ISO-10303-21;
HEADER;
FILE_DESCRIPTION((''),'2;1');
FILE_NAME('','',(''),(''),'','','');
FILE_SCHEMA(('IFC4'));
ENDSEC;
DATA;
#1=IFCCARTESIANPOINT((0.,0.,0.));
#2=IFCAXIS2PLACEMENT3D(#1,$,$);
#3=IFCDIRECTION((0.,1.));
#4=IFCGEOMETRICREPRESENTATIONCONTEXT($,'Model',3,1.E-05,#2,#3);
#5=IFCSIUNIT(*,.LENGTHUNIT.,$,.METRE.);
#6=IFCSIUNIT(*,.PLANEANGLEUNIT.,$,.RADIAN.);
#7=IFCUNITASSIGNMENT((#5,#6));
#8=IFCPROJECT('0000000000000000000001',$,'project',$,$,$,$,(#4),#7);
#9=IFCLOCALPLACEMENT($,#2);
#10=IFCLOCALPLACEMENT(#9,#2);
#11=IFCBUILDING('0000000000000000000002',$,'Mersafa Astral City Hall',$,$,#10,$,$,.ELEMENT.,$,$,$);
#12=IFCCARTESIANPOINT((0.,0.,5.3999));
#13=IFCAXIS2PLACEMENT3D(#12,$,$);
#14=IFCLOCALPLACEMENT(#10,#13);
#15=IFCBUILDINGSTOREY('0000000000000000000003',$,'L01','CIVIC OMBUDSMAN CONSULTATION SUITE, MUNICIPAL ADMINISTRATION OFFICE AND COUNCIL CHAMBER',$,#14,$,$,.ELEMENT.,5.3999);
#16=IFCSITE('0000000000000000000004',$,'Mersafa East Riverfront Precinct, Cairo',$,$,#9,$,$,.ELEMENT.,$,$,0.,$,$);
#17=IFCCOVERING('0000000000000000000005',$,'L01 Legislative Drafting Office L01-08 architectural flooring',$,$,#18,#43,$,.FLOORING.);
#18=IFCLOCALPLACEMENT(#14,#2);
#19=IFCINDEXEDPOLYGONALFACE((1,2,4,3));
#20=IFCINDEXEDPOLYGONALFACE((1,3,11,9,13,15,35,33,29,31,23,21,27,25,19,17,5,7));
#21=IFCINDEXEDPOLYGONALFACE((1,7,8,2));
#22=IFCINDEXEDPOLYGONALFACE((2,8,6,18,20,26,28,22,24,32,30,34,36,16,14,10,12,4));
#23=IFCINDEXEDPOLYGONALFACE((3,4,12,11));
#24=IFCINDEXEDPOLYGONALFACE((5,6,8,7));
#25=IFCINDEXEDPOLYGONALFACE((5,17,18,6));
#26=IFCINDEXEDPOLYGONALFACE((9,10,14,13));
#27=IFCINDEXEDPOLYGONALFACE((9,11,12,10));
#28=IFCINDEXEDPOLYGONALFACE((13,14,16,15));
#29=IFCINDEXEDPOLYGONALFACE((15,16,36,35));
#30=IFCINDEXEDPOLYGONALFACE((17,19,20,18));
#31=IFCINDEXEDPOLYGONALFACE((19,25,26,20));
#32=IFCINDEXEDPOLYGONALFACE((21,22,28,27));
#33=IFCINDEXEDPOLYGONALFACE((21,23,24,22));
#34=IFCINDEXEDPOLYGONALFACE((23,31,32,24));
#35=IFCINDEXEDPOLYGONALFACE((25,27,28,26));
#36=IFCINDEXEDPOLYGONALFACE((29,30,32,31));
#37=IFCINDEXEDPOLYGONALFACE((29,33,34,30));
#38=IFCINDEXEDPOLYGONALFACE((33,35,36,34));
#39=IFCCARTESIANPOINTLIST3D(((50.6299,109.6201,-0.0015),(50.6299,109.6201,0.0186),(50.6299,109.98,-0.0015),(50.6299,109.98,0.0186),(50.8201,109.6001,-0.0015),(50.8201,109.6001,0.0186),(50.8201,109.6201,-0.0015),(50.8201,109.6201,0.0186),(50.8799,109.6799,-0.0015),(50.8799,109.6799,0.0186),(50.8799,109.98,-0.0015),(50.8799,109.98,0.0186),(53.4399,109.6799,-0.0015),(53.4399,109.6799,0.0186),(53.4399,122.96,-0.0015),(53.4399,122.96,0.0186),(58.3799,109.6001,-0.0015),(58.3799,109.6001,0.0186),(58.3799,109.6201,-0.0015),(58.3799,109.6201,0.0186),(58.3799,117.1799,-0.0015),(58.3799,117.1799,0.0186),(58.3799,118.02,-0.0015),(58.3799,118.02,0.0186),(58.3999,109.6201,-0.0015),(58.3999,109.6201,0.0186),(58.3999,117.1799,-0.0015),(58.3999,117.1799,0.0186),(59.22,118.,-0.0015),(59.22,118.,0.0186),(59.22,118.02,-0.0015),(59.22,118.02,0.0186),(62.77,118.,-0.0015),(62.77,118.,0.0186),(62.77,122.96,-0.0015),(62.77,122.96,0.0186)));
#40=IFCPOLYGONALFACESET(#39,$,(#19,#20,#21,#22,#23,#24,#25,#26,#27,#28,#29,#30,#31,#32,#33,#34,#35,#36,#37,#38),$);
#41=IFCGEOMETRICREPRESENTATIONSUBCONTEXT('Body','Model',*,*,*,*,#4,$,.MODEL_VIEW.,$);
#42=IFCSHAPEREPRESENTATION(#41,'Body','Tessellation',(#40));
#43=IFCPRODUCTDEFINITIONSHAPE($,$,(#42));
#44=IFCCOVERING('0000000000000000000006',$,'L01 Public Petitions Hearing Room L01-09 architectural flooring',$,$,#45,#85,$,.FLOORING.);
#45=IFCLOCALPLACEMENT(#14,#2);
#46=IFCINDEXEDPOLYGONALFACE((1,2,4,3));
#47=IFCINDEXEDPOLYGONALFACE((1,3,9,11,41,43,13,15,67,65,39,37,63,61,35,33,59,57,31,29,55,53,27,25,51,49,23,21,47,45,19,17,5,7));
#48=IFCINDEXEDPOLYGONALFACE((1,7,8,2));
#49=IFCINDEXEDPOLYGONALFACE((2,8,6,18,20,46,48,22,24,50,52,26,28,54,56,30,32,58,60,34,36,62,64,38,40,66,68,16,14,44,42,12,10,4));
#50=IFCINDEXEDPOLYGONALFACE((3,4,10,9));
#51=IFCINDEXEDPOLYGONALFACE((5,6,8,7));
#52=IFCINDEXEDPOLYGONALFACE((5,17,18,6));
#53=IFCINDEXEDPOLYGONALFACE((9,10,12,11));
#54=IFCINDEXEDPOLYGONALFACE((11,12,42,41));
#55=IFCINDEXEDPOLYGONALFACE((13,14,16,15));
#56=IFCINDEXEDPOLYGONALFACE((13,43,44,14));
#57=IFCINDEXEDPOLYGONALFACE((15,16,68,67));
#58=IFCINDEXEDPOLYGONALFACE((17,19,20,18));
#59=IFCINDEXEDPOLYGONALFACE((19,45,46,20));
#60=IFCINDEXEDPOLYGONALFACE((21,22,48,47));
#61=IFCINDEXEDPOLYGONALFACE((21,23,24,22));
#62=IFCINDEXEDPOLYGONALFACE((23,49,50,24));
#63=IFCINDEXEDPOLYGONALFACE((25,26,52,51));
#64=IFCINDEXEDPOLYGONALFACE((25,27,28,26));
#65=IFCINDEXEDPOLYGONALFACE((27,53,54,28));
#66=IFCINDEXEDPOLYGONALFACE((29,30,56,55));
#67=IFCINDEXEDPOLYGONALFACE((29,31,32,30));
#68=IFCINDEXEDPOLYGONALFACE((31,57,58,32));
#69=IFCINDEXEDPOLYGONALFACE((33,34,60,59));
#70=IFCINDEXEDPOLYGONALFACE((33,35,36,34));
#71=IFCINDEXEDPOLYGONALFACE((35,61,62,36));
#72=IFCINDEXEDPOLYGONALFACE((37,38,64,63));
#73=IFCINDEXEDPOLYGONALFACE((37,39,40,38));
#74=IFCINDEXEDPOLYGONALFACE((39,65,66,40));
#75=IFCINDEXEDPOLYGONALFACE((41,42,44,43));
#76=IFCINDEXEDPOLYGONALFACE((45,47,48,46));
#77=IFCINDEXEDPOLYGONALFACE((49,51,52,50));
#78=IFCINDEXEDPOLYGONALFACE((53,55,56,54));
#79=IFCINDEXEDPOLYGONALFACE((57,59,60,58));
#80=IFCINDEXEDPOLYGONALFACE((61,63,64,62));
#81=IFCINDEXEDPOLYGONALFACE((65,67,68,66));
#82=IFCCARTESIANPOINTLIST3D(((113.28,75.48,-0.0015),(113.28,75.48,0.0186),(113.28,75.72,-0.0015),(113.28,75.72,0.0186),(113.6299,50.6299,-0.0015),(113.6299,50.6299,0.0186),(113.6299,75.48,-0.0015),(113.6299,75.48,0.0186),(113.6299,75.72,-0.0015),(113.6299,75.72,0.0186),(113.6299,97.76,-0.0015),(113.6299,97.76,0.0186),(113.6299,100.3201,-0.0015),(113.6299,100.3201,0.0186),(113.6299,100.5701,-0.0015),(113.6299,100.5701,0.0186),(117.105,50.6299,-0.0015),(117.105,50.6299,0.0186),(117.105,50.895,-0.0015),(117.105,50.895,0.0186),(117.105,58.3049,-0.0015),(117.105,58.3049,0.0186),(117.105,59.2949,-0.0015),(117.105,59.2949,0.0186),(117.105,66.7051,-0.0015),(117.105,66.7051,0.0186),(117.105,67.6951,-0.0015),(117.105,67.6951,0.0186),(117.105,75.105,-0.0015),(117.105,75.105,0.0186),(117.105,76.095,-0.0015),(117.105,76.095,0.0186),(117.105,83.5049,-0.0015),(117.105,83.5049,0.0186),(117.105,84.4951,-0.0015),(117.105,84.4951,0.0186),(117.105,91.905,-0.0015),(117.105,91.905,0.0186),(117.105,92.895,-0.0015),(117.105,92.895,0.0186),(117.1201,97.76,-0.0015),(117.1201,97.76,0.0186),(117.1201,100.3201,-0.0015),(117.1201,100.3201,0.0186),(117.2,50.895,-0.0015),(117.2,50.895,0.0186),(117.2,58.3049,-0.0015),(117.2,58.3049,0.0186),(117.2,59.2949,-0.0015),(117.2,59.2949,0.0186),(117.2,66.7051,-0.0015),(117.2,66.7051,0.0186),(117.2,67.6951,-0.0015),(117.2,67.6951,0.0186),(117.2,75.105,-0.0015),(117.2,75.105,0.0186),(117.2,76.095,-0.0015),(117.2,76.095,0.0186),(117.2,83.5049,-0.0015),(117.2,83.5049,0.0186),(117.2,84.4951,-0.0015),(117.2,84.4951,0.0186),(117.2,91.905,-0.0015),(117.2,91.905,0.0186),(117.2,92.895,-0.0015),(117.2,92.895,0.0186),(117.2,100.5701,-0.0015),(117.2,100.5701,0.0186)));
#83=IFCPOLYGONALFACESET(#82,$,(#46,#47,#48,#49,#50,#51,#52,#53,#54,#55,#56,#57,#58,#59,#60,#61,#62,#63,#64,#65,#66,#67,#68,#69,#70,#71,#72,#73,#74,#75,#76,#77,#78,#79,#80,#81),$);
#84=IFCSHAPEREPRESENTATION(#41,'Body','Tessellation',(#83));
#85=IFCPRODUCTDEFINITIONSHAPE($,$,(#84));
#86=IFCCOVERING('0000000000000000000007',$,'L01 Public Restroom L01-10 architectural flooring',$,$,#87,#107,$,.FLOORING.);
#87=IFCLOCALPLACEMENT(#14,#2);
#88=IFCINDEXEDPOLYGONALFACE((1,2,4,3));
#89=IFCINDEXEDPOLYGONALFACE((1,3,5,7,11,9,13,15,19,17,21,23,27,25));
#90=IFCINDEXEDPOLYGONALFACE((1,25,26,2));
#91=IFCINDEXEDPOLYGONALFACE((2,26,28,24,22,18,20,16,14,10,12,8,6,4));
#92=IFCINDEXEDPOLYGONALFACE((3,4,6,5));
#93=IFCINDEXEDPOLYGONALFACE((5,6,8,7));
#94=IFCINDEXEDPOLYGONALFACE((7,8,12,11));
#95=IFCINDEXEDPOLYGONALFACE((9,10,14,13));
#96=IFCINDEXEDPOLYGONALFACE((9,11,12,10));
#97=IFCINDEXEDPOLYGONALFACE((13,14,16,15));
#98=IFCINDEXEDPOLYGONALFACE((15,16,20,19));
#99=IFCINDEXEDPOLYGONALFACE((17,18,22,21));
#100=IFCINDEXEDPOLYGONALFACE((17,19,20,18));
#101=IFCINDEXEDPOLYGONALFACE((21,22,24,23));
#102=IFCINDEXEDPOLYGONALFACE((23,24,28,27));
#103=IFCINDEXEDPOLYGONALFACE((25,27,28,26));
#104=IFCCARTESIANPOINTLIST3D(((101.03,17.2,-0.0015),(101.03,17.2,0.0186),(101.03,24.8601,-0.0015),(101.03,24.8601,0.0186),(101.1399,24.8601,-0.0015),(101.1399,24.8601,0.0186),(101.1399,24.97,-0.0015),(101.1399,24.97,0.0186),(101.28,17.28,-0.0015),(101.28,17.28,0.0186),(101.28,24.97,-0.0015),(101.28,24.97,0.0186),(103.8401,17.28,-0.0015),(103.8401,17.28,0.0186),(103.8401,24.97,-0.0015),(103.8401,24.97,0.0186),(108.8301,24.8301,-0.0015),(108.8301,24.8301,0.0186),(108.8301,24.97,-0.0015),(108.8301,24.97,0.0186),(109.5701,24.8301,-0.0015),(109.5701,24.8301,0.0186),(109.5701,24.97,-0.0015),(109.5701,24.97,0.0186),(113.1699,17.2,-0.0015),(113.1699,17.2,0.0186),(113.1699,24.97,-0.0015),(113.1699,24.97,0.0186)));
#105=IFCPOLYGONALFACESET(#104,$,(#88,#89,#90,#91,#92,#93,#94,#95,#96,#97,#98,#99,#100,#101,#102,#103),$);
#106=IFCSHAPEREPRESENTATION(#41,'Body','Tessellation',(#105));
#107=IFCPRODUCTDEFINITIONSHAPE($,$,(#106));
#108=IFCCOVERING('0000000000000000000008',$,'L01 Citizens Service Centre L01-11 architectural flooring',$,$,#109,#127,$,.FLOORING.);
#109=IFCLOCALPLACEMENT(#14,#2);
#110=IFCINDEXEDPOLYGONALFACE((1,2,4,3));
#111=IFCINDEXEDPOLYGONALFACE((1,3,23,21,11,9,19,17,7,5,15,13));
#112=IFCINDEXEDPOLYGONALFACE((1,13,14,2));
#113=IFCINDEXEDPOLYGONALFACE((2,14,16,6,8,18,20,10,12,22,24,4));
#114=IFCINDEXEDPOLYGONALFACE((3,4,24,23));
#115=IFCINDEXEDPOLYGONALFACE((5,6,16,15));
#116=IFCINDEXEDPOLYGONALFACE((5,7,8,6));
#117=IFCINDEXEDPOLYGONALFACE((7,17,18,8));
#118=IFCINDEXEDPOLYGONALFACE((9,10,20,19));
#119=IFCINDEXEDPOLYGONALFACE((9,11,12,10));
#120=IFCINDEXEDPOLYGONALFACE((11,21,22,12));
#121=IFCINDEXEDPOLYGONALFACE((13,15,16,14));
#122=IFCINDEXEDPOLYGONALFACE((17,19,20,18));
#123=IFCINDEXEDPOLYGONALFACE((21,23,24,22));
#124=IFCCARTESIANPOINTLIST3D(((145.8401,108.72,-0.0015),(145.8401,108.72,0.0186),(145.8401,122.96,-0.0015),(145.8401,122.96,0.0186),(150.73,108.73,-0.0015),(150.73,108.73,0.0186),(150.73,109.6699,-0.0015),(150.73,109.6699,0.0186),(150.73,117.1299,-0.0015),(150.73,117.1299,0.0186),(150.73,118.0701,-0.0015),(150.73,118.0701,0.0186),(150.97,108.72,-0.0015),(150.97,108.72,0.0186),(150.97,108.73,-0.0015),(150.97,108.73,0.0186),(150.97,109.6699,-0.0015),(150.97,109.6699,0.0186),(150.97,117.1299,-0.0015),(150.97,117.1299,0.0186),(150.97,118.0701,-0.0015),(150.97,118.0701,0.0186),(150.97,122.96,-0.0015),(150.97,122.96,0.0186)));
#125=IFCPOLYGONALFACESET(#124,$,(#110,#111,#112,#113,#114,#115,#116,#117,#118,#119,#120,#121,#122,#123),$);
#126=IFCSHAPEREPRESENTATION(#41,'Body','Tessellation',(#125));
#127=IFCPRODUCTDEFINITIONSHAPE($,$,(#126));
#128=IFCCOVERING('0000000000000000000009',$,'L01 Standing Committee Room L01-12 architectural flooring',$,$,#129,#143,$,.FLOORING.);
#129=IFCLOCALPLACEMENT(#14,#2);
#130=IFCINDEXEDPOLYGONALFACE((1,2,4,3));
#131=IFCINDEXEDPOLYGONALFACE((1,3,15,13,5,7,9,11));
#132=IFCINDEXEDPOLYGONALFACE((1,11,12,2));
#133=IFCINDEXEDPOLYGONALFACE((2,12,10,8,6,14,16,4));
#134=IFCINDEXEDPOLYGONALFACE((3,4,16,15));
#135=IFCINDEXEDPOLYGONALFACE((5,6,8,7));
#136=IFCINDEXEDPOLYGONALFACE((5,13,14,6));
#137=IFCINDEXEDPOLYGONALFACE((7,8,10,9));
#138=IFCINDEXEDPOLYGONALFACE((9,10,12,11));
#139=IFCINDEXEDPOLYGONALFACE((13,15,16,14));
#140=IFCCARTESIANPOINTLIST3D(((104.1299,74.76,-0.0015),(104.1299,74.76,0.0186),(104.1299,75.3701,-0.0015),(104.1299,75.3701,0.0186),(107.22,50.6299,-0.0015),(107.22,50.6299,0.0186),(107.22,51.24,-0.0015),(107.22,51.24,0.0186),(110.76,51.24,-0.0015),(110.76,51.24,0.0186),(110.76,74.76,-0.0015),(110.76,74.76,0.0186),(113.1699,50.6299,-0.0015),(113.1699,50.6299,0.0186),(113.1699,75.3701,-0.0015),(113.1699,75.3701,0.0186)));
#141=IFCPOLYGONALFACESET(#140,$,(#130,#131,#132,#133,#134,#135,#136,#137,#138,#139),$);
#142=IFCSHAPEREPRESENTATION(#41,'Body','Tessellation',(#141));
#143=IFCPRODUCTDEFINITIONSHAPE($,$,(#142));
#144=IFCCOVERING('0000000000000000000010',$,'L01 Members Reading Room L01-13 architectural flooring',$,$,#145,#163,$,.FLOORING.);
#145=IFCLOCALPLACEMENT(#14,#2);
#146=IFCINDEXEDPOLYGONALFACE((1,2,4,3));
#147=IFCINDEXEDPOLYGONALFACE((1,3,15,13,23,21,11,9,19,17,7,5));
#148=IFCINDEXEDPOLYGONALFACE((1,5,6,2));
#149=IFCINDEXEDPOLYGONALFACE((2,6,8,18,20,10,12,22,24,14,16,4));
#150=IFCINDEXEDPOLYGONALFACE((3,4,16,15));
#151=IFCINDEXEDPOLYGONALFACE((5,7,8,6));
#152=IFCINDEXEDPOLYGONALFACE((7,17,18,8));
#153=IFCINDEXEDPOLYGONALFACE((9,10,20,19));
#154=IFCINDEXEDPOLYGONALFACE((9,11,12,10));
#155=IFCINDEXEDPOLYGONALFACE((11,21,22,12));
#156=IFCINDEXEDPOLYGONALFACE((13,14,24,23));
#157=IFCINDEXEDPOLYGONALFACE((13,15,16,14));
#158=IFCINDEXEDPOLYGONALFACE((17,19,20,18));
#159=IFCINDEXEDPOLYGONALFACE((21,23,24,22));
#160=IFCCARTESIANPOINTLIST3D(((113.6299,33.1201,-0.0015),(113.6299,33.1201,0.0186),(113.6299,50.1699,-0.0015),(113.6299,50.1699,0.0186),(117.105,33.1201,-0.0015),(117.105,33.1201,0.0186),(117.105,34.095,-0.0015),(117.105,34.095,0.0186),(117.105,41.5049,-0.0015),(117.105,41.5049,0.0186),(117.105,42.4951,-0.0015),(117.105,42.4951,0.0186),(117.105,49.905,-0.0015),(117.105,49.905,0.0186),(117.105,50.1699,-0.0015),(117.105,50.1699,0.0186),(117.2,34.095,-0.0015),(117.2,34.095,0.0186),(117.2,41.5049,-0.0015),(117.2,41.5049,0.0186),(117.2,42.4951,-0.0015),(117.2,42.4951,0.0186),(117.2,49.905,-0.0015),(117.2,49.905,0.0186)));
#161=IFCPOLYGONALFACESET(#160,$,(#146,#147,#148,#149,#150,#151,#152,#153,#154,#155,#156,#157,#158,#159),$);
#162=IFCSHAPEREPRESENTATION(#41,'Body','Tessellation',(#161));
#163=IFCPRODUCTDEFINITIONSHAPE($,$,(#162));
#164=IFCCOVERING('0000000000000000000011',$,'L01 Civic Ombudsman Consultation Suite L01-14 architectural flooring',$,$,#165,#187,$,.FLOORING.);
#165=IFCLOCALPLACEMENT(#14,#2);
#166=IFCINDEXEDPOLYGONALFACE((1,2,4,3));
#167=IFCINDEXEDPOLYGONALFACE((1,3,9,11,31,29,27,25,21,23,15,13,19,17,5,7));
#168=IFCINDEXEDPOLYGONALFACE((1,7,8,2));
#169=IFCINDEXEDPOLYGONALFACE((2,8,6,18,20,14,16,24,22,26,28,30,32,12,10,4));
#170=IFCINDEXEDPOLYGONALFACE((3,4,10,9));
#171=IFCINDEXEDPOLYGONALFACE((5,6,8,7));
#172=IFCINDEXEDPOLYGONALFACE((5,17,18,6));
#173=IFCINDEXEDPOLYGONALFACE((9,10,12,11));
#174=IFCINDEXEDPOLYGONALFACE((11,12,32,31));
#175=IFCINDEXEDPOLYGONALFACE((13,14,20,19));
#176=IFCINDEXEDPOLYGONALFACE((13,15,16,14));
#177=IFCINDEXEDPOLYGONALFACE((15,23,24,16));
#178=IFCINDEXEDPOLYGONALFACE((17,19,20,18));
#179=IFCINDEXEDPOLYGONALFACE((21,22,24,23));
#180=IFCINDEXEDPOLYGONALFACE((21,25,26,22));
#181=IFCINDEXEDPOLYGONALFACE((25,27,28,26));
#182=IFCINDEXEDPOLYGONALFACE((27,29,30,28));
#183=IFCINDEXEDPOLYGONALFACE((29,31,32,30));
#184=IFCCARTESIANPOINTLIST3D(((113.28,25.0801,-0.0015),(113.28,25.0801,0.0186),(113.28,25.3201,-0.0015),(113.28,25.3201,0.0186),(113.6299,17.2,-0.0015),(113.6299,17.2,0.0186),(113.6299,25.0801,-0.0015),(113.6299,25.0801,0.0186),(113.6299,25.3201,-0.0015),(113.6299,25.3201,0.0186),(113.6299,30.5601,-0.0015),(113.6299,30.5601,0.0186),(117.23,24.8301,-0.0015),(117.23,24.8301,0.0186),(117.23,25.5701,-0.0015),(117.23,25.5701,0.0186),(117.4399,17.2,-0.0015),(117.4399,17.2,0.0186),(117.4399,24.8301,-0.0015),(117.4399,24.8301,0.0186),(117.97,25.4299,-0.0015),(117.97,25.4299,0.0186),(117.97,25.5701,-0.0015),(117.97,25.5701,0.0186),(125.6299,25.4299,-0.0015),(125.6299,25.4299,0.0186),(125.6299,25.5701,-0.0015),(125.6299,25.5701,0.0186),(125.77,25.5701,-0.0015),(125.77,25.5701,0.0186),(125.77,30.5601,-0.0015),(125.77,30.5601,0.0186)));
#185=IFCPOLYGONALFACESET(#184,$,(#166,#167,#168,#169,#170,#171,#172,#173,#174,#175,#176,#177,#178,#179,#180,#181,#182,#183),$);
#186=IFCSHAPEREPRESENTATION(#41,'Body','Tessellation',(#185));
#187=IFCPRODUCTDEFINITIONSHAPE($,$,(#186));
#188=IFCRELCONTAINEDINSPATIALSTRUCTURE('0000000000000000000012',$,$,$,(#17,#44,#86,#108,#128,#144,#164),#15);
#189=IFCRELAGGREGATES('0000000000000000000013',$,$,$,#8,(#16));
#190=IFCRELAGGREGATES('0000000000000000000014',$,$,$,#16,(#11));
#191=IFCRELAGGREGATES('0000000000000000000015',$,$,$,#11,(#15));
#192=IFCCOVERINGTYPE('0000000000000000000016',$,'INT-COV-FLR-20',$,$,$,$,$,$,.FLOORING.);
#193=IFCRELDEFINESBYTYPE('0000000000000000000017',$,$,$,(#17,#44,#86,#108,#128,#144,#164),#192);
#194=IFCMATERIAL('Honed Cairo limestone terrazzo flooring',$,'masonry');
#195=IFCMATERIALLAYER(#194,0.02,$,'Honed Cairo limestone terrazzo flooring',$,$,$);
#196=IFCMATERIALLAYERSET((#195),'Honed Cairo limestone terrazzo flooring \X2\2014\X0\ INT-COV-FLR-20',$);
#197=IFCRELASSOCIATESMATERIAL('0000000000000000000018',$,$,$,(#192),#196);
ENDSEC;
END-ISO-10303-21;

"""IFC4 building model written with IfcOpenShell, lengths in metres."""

from ifc_helpers import new_model, si_unit, direction, frame, origin, place, context, subcontext, project, spatial, polyline, outline, extrude, material, layer, layer_set, type_object, element, save


model = new_model("IFC4")

# Units and contexts
model_context = context("Model", 3, precision=1e-05, world=origin(), true_north=direction((0.0, 1.0)))
body_context = subcontext(model_context, "Body", "Model", "MODEL_VIEW")
ifc_project = project(units=[si_unit("LENGTHUNIT", "METRE"), si_unit("PLANEANGLEUNIT", "RADIAN")], contexts=[model_context])

# Site, building, storey
site_placement = place(None, origin())
site = spatial("IfcSite", under=ifc_project, at=site_placement, Name="Mersafa East Riverfront Precinct, Cairo", CompositionType="ELEMENT", RefElevation=0.0)
building_placement = place(site_placement, origin())
building = spatial("IfcBuilding", under=site, at=building_placement, Name="Mersafa Astral City Hall", CompositionType="ELEMENT")
storey_placement = place(building_placement, frame((0.0, 0.0, 5.3999)))
storey = spatial("IfcBuildingStorey", under=building, at=storey_placement, Name="L01", Description="CIVIC OMBUDSMAN CONSULTATION SUITE, MUNICIPAL ADMINISTRATION OFFICE AND COUNCIL CHAMBER", CompositionType="ELEMENT", Elevation=5.3999)

# Coverings
ifc_material_1 = material(Name="Honed Cairo limestone terrazzo flooring", Category="masonry")
ifc_layer_1 = layer(ifc_material_1, 0.02, Name="Honed Cairo limestone terrazzo flooring")
ifc_layer_set_1 = layer_set([ifc_layer_1], Name="Honed Cairo limestone terrazzo flooring — INT-COV-FLR-20")
covering_type = type_object("IfcCoveringType", Name="INT-COV-FLR-20", PredefinedType="FLOORING", material=ifc_layer_set_1)
covering_1_placement = place(storey_placement, frame((0.0, 0.0, -0.0015)))
element("IfcCovering", 1, at=covering_1_placement, inside=storey, type_object=covering_type, Name="L01 Legislative Drafting Office L01-08 architectural flooring", PredefinedType="FLOORING", context=body_context, shape_type="SweptSolid", body=[
    extrude(outline(polyline([(50.8201, 109.6201), (50.6299, 109.6201), (50.6299, 109.98), (50.8799, 109.98), (50.8799, 109.6799), (53.4399, 109.6799), (53.4399, 122.96), (62.77, 122.96), (62.77, 118.0), (59.22, 118.0), (59.22, 118.02), (58.3799, 118.02), (58.3799, 117.1799), (58.3999, 117.1799), (58.3999, 109.6201), (58.3799, 109.6201), (58.3799, 109.6001), (50.8201, 109.6001), (50.8201, 109.6201)])), origin(), (0.0, 0.0, 1.0), 0.02),
])
covering_2_placement = place(storey_placement, frame((0.0, 0.0, -0.0015)))
element("IfcCovering", 2, at=covering_2_placement, inside=storey, type_object=covering_type, Name="L01 Public Petitions Hearing Room L01-09 architectural flooring", PredefinedType="FLOORING", context=body_context, shape_type="SweptSolid", body=[
    extrude(outline(polyline([(113.28, 75.72), (113.6299, 75.72), (113.6299, 97.76), (117.1201, 97.76), (117.1201, 100.3201), (113.6299, 100.3201), (113.6299, 100.5701), (117.2, 100.5701), (117.2, 92.895), (117.105, 92.895), (117.105, 91.905), (117.2, 91.905), (117.2, 84.4951), (117.105, 84.4951), (117.105, 83.5049), (117.2, 83.5049), (117.2, 76.095), (117.105, 76.095), (117.105, 75.105), (117.2, 75.105), (117.2, 67.6951), (117.105, 67.6951), (117.105, 66.7051), (117.2, 66.7051), (117.2, 59.2949), (117.105, 59.2949), (117.105, 58.3049), (117.2, 58.3049), (117.2, 50.895), (117.105, 50.895), (117.105, 50.6299), (113.6299, 50.6299), (113.6299, 75.48), (113.28, 75.48), (113.28, 75.72)])), origin(), (0.0, 0.0, 1.0), 0.02),
])
covering_3_placement = place(storey_placement, frame((0.0, 0.0, -0.0015)))
element("IfcCovering", 3, at=covering_3_placement, inside=storey, type_object=covering_type, Name="L01 Public Restroom L01-10 architectural flooring", PredefinedType="FLOORING", context=body_context, shape_type="SweptSolid", body=[
    extrude(outline(polyline([(101.1399, 24.8601), (101.1399, 24.97), (101.28, 24.97), (101.28, 17.28), (103.8401, 17.28), (103.8401, 24.97), (108.8301, 24.97), (108.8301, 24.8301), (109.5701, 24.8301), (109.5701, 24.97), (113.1699, 24.97), (113.1699, 17.2), (101.03, 17.2), (101.03, 24.8601), (101.1399, 24.8601)])), origin(), (0.0, 0.0, 1.0), 0.02),
])
covering_4_placement = place(storey_placement, frame((0.0, 0.0, -0.0015)))
element("IfcCovering", 4, at=covering_4_placement, inside=storey, type_object=covering_type, Name="L01 Citizens Service Centre L01-11 architectural flooring", PredefinedType="FLOORING", context=body_context, shape_type="SweptSolid", body=[
    extrude(outline(polyline([(150.97, 122.96), (150.97, 118.0701), (150.73, 118.0701), (150.73, 117.1299), (150.97, 117.1299), (150.97, 109.6699), (150.73, 109.6699), (150.73, 108.73), (150.97, 108.73), (150.97, 108.72), (145.8401, 108.72), (145.8401, 122.96), (150.97, 122.96)])), origin(), (0.0, 0.0, 1.0), 0.02),
])
covering_5_placement = place(storey_placement, frame((0.0, 0.0, -0.0015)))
element("IfcCovering", 5, at=covering_5_placement, inside=storey, type_object=covering_type, Name="L01 Standing Committee Room L01-12 architectural flooring", PredefinedType="FLOORING", context=body_context, shape_type="SweptSolid", body=[
    extrude(outline(polyline([(110.76, 74.76), (104.1299, 74.76), (104.1299, 75.3701), (113.1699, 75.3701), (113.1699, 50.6299), (107.22, 50.6299), (107.22, 51.24), (110.76, 51.24), (110.76, 74.76)])), origin(), (0.0, 0.0, 1.0), 0.02),
])
covering_6_placement = place(storey_placement, frame((0.0, 0.0, -0.0015)))
element("IfcCovering", 6, at=covering_6_placement, inside=storey, type_object=covering_type, Name="L01 Members Reading Room L01-13 architectural flooring", PredefinedType="FLOORING", context=body_context, shape_type="SweptSolid", body=[
    extrude(outline(polyline([(113.6299, 33.1201), (113.6299, 50.1699), (117.105, 50.1699), (117.105, 49.905), (117.2, 49.905), (117.2, 42.4951), (117.105, 42.4951), (117.105, 41.5049), (117.2, 41.5049), (117.2, 34.095), (117.105, 34.095), (117.105, 33.1201), (113.6299, 33.1201)])), origin(), (0.0, 0.0, 1.0), 0.02),
])
covering_7_placement = place(storey_placement, frame((0.0, 0.0, -0.0015)))
element("IfcCovering", 7, at=covering_7_placement, inside=storey, type_object=covering_type, Name="L01 Civic Ombudsman Consultation Suite L01-14 architectural flooring", PredefinedType="FLOORING", context=body_context, shape_type="SweptSolid", body=[
    extrude(outline(polyline([(113.28, 25.3201), (113.6299, 25.3201), (113.6299, 30.5601), (125.77, 30.5601), (125.77, 25.5701), (125.6299, 25.5701), (125.6299, 25.4299), (117.97, 25.4299), (117.97, 25.5701), (117.23, 25.5701), (117.23, 24.8301), (117.4399, 24.8301), (117.4399, 17.2), (113.6299, 17.2), (113.6299, 25.0801), (113.28, 25.0801), (113.28, 25.3201)])), origin(), (0.0, 0.0, 1.0), 0.02),
])

save(model, "model.ifc")
